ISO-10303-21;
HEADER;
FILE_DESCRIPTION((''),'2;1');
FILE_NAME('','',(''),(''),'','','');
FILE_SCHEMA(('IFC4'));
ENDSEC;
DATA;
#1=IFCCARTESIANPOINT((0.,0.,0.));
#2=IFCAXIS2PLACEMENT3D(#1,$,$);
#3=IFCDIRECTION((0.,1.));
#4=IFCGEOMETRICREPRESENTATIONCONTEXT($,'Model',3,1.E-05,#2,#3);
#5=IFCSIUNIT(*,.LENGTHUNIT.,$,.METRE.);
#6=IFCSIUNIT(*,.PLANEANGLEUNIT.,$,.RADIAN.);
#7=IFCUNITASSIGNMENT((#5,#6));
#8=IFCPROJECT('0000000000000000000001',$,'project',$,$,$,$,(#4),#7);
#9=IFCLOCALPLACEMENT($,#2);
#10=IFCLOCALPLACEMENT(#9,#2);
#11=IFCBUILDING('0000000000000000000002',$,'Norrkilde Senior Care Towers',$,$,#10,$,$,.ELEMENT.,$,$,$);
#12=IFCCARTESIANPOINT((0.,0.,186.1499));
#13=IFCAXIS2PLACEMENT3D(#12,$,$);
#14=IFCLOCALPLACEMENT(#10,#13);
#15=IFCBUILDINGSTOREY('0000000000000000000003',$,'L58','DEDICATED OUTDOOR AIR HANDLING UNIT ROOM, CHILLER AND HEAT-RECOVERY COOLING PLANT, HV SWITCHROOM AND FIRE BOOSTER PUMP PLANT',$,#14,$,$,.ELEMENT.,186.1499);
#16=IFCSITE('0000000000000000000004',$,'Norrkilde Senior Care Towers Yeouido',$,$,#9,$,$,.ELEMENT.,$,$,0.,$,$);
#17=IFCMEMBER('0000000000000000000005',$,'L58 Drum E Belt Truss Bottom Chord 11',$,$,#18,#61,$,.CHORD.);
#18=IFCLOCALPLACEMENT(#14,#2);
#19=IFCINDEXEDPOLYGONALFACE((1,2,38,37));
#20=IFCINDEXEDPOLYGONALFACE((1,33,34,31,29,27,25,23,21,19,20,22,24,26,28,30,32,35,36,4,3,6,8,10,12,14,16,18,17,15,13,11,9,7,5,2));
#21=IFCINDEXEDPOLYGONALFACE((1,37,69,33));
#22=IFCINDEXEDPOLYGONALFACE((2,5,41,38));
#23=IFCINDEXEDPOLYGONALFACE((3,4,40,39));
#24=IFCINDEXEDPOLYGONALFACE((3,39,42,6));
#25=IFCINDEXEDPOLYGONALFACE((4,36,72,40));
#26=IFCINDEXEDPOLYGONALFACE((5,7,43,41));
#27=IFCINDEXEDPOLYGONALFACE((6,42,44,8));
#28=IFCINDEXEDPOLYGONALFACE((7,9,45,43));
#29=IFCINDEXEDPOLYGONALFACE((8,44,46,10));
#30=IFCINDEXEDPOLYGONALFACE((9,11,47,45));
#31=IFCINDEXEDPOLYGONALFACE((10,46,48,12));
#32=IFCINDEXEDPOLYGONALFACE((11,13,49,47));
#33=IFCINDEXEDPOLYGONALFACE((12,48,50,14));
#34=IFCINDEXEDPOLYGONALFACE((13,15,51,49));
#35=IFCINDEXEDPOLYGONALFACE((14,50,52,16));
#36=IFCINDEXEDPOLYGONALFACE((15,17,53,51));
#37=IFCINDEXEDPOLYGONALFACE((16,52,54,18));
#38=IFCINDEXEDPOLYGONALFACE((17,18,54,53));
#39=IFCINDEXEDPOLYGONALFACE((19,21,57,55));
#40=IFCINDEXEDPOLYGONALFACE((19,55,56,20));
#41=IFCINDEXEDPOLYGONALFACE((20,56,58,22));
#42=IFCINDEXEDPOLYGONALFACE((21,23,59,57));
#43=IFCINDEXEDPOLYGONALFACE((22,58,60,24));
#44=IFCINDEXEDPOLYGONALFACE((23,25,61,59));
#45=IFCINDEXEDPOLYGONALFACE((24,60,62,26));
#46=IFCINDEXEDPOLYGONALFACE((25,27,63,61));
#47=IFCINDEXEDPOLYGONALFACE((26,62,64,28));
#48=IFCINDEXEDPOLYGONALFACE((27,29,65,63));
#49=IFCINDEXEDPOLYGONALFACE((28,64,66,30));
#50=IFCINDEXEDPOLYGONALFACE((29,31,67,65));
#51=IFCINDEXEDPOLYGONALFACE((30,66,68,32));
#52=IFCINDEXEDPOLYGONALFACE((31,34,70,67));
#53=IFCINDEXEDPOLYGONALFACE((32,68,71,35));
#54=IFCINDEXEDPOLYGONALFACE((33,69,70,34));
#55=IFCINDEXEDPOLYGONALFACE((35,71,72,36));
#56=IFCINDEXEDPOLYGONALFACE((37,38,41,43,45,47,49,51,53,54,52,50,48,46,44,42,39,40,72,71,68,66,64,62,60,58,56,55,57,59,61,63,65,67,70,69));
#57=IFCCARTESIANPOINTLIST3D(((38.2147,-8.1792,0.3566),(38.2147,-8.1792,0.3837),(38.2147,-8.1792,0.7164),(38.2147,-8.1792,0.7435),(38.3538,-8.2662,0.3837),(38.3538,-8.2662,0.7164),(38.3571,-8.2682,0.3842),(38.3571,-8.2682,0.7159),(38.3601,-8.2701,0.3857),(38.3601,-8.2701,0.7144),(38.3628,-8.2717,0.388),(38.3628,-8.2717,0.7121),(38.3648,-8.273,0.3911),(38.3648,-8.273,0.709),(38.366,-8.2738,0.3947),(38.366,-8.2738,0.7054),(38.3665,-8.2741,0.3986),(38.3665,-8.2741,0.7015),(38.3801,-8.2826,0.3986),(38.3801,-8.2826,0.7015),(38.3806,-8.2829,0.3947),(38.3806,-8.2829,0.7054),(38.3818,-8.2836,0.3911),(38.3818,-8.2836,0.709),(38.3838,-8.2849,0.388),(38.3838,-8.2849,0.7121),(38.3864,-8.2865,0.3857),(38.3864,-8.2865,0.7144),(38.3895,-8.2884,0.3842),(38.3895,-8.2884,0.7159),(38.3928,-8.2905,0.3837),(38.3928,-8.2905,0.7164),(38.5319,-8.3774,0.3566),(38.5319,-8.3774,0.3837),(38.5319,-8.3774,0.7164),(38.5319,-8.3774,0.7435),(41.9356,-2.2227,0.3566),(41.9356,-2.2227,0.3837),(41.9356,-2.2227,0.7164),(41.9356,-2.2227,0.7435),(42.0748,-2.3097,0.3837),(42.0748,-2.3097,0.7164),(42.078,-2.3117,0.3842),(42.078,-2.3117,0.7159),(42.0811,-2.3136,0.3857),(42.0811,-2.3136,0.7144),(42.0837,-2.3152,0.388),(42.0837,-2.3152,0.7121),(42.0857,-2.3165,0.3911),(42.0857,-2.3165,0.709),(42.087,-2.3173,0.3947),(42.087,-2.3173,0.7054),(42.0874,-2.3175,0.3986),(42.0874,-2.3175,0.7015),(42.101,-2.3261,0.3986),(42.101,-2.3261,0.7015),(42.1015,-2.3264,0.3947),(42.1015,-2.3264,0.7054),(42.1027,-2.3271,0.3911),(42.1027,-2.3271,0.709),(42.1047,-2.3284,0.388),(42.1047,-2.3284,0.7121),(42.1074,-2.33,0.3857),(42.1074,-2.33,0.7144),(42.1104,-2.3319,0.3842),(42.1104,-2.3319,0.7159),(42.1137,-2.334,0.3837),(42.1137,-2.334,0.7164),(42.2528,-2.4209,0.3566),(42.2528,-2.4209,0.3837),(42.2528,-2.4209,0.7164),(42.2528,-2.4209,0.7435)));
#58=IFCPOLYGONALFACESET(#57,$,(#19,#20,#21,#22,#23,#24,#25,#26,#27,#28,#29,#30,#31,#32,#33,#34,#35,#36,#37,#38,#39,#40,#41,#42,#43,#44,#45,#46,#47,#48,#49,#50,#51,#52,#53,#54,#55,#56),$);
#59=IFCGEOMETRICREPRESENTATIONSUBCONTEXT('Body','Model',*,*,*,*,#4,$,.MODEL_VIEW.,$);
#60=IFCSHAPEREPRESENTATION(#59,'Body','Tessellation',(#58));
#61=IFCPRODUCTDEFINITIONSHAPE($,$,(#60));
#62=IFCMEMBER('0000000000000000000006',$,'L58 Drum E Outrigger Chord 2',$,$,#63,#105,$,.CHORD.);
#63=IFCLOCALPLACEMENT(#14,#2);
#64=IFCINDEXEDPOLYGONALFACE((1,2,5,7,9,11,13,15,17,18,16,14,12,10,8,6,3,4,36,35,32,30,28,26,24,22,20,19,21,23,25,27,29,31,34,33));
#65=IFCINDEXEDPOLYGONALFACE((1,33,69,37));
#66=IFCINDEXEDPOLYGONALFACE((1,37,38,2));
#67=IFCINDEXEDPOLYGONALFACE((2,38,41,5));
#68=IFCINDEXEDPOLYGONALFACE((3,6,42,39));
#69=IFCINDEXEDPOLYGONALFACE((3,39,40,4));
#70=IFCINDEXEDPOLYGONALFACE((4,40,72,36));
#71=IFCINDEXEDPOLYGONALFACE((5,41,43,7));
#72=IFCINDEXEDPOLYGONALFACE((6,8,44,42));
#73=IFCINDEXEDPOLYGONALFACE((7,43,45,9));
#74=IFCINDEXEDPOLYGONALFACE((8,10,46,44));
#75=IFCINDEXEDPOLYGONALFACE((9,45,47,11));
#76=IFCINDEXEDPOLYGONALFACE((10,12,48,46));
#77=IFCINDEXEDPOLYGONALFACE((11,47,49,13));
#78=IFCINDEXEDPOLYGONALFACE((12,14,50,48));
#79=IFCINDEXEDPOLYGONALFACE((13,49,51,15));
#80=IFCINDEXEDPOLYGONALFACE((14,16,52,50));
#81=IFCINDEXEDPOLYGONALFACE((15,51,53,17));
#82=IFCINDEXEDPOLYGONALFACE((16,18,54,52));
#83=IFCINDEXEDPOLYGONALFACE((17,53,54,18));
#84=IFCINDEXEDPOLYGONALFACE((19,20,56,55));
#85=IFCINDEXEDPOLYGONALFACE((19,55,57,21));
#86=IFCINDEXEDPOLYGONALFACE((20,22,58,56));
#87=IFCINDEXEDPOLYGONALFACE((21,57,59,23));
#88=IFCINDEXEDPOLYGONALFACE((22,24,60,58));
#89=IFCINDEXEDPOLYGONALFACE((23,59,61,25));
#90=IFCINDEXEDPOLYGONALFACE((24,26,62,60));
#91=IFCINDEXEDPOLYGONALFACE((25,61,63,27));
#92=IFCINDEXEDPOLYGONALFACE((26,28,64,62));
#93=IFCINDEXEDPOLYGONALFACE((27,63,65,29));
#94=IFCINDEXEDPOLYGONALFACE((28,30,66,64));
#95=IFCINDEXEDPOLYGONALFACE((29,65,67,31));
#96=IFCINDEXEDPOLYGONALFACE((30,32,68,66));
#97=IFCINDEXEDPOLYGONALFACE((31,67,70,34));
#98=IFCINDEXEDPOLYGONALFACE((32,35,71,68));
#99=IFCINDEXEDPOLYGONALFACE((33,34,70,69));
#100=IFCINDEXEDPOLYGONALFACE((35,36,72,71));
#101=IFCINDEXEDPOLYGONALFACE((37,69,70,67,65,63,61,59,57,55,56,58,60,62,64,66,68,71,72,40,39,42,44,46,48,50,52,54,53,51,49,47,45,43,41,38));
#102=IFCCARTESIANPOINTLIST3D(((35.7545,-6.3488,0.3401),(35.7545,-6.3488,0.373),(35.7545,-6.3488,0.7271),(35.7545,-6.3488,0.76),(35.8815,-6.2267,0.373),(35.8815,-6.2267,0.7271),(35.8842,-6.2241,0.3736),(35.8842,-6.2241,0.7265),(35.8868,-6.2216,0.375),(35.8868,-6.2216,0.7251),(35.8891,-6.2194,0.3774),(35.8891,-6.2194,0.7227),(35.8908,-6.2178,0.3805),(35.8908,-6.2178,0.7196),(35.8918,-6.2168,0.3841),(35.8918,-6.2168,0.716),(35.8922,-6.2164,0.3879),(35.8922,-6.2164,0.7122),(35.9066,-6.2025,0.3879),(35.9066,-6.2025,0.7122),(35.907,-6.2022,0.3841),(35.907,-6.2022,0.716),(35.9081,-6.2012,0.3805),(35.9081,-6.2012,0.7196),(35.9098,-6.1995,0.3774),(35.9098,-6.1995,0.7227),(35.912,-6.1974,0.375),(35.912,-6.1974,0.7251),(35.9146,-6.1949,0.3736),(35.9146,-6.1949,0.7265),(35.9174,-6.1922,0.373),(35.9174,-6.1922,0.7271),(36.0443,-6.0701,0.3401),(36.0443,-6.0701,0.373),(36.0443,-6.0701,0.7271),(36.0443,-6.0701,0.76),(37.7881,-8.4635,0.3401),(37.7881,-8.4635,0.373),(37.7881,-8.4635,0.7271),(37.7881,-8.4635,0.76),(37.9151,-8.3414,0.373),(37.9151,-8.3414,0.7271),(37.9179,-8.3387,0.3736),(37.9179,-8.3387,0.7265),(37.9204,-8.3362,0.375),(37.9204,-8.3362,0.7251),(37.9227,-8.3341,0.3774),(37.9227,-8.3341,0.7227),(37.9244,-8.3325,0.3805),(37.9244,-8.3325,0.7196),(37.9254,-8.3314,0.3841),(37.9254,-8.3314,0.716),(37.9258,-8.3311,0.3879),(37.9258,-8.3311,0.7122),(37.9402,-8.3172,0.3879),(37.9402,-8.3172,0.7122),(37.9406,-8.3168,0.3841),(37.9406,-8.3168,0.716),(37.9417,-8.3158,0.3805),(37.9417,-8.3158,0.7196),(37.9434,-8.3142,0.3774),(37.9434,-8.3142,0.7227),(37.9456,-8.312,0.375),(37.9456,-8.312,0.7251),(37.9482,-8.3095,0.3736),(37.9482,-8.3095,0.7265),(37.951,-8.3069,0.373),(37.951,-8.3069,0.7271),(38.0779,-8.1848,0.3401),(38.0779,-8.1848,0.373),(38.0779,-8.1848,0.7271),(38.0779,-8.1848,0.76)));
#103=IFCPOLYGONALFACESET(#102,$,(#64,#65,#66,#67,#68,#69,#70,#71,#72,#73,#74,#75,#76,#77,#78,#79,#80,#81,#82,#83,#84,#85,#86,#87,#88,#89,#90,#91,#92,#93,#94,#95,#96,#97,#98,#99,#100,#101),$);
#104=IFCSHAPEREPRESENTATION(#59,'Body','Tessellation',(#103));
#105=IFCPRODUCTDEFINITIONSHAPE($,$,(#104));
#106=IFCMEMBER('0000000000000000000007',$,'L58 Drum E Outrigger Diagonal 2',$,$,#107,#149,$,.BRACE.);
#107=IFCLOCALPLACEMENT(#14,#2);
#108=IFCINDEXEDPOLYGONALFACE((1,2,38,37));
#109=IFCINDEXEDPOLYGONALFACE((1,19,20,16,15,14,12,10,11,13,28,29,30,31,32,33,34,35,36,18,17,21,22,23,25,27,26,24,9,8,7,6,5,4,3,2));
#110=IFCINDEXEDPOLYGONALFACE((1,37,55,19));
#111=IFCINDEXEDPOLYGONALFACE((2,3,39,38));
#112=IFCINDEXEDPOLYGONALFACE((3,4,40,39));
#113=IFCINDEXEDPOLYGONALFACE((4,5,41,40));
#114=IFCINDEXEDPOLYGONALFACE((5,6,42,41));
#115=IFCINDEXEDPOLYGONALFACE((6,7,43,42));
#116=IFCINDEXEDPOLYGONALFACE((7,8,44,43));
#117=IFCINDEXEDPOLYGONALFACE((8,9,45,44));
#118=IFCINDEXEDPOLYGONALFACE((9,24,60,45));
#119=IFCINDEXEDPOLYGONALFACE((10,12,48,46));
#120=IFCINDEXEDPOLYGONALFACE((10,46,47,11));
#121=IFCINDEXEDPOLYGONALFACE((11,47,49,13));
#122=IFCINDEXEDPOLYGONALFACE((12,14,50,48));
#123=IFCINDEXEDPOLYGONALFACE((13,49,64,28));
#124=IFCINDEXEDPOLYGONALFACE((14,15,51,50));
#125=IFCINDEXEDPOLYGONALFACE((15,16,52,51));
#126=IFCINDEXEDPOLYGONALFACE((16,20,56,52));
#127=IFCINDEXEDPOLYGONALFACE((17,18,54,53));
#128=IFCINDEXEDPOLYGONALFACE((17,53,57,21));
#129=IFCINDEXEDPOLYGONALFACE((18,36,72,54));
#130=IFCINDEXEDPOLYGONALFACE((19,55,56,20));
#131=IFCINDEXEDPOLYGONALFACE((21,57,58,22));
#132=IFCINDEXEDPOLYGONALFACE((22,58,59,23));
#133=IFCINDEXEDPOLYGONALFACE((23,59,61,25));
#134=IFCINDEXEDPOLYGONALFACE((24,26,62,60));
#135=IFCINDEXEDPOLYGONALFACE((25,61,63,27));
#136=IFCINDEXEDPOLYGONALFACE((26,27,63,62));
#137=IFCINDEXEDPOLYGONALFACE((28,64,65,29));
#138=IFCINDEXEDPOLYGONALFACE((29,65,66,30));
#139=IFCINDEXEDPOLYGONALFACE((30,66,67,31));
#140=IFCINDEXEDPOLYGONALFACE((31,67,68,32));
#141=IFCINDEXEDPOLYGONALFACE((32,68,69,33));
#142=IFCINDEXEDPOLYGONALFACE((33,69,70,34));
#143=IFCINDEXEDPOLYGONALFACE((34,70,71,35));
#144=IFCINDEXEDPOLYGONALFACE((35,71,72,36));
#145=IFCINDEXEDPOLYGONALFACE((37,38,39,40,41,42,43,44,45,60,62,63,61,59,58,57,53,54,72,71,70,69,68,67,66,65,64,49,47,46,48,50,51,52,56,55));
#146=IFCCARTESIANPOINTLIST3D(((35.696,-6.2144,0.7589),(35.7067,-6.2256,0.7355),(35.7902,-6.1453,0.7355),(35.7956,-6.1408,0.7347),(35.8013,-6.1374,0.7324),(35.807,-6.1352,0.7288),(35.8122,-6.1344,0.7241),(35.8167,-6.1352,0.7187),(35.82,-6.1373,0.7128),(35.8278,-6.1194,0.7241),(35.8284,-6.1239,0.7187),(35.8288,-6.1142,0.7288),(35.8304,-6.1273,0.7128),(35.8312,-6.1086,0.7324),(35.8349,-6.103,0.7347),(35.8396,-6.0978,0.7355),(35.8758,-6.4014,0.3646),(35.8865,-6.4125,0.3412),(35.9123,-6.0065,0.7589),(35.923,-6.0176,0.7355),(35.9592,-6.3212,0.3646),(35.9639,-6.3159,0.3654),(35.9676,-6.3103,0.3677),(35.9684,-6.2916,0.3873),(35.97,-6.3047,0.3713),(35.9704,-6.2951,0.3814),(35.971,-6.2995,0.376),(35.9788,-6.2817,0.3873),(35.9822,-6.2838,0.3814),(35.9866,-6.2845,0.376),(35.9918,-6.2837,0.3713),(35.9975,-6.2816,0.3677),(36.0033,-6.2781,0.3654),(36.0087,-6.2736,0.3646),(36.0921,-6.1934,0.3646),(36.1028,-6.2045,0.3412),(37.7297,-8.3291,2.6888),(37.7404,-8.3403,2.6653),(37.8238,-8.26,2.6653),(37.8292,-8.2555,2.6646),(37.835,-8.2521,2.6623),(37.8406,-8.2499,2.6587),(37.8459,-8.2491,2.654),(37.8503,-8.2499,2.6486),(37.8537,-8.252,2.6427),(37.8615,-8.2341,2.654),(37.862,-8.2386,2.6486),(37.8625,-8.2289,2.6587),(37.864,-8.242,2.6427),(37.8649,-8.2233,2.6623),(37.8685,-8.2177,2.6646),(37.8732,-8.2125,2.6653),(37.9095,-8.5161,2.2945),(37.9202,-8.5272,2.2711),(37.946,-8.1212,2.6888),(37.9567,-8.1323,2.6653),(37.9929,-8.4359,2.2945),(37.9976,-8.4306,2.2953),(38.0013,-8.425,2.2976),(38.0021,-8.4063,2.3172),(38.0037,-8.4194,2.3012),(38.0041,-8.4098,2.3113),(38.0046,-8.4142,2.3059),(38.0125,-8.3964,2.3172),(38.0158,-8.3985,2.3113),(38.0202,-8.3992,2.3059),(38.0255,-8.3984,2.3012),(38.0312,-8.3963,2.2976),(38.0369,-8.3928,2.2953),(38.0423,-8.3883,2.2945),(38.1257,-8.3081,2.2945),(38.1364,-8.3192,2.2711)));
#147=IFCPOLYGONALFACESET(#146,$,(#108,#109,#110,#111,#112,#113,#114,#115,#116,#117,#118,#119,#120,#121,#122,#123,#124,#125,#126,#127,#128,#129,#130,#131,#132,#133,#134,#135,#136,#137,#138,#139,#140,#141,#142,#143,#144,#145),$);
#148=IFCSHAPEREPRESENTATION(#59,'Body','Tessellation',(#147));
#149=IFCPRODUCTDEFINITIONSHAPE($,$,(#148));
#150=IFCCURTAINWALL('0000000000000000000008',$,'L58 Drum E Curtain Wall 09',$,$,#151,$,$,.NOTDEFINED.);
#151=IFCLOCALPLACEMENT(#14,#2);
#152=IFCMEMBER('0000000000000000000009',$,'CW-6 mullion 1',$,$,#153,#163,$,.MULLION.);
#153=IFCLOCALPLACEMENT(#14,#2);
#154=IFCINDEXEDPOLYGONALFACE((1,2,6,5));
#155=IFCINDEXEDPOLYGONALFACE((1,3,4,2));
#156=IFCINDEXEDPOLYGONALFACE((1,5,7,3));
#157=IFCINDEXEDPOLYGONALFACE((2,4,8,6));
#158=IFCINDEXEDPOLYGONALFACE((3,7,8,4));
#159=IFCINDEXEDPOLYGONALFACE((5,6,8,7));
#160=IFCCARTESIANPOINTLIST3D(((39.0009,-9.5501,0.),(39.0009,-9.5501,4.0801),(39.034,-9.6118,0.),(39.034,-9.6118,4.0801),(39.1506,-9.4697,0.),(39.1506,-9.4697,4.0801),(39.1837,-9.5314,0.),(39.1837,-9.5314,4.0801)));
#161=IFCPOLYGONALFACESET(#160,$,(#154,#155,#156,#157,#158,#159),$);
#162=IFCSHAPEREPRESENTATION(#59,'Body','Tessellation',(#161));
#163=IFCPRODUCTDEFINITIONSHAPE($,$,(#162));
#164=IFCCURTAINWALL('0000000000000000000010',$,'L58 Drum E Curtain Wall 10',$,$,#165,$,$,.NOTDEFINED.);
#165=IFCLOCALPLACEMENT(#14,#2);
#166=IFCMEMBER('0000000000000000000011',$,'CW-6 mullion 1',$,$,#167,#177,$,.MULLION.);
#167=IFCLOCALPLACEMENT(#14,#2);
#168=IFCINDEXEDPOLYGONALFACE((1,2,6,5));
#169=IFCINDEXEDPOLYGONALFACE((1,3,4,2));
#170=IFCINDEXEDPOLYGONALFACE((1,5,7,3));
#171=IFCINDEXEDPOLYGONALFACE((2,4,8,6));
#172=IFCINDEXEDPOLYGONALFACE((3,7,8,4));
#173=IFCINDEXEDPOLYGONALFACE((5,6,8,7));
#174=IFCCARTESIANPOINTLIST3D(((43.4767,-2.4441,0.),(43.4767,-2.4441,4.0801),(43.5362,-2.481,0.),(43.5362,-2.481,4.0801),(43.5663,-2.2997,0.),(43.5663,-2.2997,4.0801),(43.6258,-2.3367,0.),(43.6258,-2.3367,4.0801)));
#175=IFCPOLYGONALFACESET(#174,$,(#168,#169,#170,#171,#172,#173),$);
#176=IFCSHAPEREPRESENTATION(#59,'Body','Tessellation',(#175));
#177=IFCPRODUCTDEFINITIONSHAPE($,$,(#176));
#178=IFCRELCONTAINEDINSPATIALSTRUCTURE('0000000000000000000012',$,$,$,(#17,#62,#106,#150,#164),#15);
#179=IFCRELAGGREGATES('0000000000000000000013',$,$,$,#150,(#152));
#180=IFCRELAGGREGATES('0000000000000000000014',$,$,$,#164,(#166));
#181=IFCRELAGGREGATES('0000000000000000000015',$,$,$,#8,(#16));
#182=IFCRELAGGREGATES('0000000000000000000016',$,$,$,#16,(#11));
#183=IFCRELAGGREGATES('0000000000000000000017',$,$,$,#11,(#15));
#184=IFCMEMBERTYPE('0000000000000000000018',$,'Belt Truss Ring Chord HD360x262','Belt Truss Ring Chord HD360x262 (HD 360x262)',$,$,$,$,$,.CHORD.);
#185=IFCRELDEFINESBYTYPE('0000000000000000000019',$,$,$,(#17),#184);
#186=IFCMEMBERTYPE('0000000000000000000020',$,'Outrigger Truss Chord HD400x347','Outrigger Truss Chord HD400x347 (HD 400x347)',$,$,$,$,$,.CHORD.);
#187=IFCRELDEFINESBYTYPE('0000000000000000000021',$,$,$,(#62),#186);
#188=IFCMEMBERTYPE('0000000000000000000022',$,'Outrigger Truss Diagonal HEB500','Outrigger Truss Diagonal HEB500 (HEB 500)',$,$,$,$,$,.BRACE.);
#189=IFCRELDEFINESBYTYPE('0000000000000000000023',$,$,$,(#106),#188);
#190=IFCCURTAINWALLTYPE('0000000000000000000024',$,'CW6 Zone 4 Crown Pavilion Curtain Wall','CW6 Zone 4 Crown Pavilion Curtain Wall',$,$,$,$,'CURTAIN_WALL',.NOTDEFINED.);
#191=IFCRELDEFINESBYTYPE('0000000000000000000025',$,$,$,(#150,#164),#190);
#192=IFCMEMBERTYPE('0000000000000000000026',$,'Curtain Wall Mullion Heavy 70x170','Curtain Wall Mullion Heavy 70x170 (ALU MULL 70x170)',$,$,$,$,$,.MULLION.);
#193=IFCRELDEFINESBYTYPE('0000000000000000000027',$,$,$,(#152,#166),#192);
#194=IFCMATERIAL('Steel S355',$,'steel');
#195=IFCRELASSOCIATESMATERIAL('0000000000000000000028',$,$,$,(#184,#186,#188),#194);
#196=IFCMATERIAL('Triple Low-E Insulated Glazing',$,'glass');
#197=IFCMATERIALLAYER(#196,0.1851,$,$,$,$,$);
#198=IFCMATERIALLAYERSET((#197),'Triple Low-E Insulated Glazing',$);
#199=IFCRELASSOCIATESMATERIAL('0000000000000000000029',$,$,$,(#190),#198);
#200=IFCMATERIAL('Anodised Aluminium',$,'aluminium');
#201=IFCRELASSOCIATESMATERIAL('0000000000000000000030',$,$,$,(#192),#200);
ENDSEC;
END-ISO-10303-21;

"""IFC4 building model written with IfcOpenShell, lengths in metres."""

from ifc_helpers import new_model, si_unit, direction, frame, origin, origin_2d, place, context, subcontext, project, spatial, rectangle, i_section, extrude, source, transform, mapped, material, layer, layer_set, material_profile, profile_set, type_object, type_shapes, element, aggregate, save


model = new_model("IFC4")

# Units and contexts
model_context = context("Model", 3, precision=1e-05, world=origin(), true_north=direction((0.0, 1.0)))
body_context = subcontext(model_context, "Body", "Model", "MODEL_VIEW")
ifc_project = project(units=[si_unit("LENGTHUNIT", "METRE"), si_unit("PLANEANGLEUNIT", "RADIAN")], contexts=[model_context])

# Site, building, storey
site_placement = place(None, origin())
site = spatial("IfcSite", under=ifc_project, at=site_placement, Name="Norrkilde Senior Care Towers Yeouido", CompositionType="ELEMENT", RefElevation=0.0)
building_placement = place(site_placement, origin())
building = spatial("IfcBuilding", under=site, at=building_placement, Name="Norrkilde Senior Care Towers", CompositionType="ELEMENT")
storey_placement = place(building_placement, frame((0.0, 0.0, 186.1499)))
storey = spatial("IfcBuildingStorey", under=building, at=storey_placement, Name="L58", Description="DEDICATED OUTDOOR AIR HANDLING UNIT ROOM, CHILLER AND HEAT-RECOVERY COOLING PLANT, HV SWITCHROOM AND FIRE BOOSTER PUMP PLANT", CompositionType="ELEMENT", Elevation=186.1499)

# Shared definitions
ifc_material_1 = material(Name="Steel S355", Category="steel")

# Members
ifc_material_profile_1 = material_profile(ifc_material_1, i_section(OverallWidth=0.374, OverallDepth=0.387, WebThickness=0.0161, FlangeThickness=0.0271, FilletRadius=0.0149, at=origin_2d()), Name="HD 360x262")
ifc_profile_set_1 = profile_set([ifc_material_profile_1], Name="Steel S355")
member_type_1 = type_object("IfcMemberType", Name="Belt Truss Ring Chord HD360x262", Description="Belt Truss Ring Chord HD360x262 (HD 360x262)", PredefinedType="CHORD", material=ifc_profile_set_1)
shared_shape_1 = source(origin(), body_context, "Body", "SweptSolid", [
    extrude(i_section(OverallWidth=0.374, OverallDepth=0.387, WebThickness=0.0161, FlangeThickness=0.0271, FilletRadius=0.0149, at=origin_2d()), origin(), (0.0, 0.0, 1.0), 7.0232),
])
member_1_placement = place(storey_placement, frame((38.3733, -8.2783, 0.55), z_axis=(0.529805, 0.848119, 0.0), x_axis=(-0.848119, 0.529805, 0.0)))
element("IfcMember", 1, at=member_1_placement, inside=storey, type_object=member_type_1, Name="L58 Drum E Belt Truss Bottom Chord 11", PredefinedType="CHORD", context=body_context, shape_type="MappedRepresentation", body=[
    mapped(shared_shape_1, transform((0.0, 0.0, 0.0), x_axis=(1.0, 0.0, 0.0), y_axis=(0.0, 1.0, 0.0), z_axis=(0.0, 0.0, 1.0), scale=1.0)),
])
ifc_material_profile_2 = material_profile(ifc_material_1, i_section(OverallWidth=0.4021, OverallDepth=0.4199, WebThickness=0.02, FlangeThickness=0.033, FilletRadius=0.0149, at=origin_2d()), Name="HD 400x347")
ifc_profile_set_2 = profile_set([ifc_material_profile_2], Name="Steel S355")
member_type_2 = type_object("IfcMemberType", Name="Outrigger Truss Chord HD400x347", Description="Outrigger Truss Chord HD400x347 (HD 400x347)", PredefinedType="CHORD", material=ifc_profile_set_2)
shared_shape_2 = source(origin(), body_context, "Body", "SweptSolid", [
    extrude(i_section(OverallWidth=0.4021, OverallDepth=0.4199, WebThickness=0.02, FlangeThickness=0.033, FilletRadius=0.0149, at=origin_2d()), origin(), (0.0, 0.0, 1.0), 2.9338),
])
type_shapes(member_type_2, [shared_shape_2])
member_2_placement = place(storey_placement, frame((35.8994, -6.2095, 0.55), z_axis=(0.693159, -0.720785, 0.0), x_axis=(0.720785, 0.693159, 0.0)))
element("IfcMember", 2, at=member_2_placement, inside=storey, type_object=member_type_2, Name="L58 Drum E Outrigger Chord 2", PredefinedType="CHORD", context=body_context, shape_type="MappedRepresentation", body=[
    mapped(shared_shape_2, transform((0.0, 0.0, 0.0), x_axis=(1.0, 0.0, 0.0), y_axis=(0.0, 1.0, 0.0), z_axis=(0.0, 0.0, 1.0), scale=1.0)),
])
ifc_material_profile_3 = material_profile(ifc_material_1, i_section(OverallWidth=0.3, OverallDepth=0.5, WebThickness=0.0144, FlangeThickness=0.0281, FilletRadius=0.0271, at=origin_2d()), Name="HEB 500")
ifc_profile_set_3 = profile_set([ifc_material_profile_3], Name="Steel S355")
member_type_3 = type_object("IfcMemberType", Name="Outrigger Truss Diagonal HEB500", Description="Outrigger Truss Diagonal HEB500 (HEB 500)", PredefinedType="BRACE", material=ifc_profile_set_3)
shared_shape_3 = source(origin(), body_context, "Body", "SweptSolid", [
    extrude(i_section(OverallWidth=0.3, OverallDepth=0.5, WebThickness=0.0144, FlangeThickness=0.0281, FilletRadius=0.0271, at=origin_2d()), origin(), (0.0, 0.0, 1.0), 3.5117),
])
type_shapes(member_type_3, [shared_shape_3])
member_3_placement = place(storey_placement, frame((35.8994, -6.2095, 0.55), z_axis=(0.579103, -0.602184, 0.549557), x_axis=(0.720785, 0.693159, 0.0)))
element("IfcMember", 3, at=member_3_placement, inside=storey, type_object=member_type_3, Name="L58 Drum E Outrigger Diagonal 2", PredefinedType="BRACE", context=body_context, shape_type="MappedRepresentation", body=[
    mapped(shared_shape_3, transform((0.0, 0.0, 0.0), x_axis=(1.0, 0.0, 0.0), y_axis=(0.0, 1.0, 0.0), z_axis=(0.0, 0.0, 1.0), scale=1.0)),
])

# Curtain wall, member
ifc_material_2 = material(Name="Triple Low-E Insulated Glazing", Category="glass")
ifc_layer_1 = layer(ifc_material_2, 0.1851)
ifc_layer_set_1 = layer_set([ifc_layer_1], Name="Triple Low-E Insulated Glazing")
curtain_wall_type = type_object("IfcCurtainWallType", Name="CW6 Zone 4 Crown Pavilion Curtain Wall", Description="CW6 Zone 4 Crown Pavilion Curtain Wall", ElementType="CURTAIN_WALL", PredefinedType="NOTDEFINED", material=ifc_layer_set_1)
curtain_wall_1_placement = place(storey_placement, origin())
curtain_wall_1 = element("IfcCurtainWall", 4, at=curtain_wall_1_placement, inside=storey, type_object=curtain_wall_type, Name="L58 Drum E Curtain Wall 09", PredefinedType="NOTDEFINED")
ifc_material_3 = material(Name="Anodised Aluminium", Category="aluminium")
ifc_material_profile_4 = material_profile(ifc_material_3, rectangle(XDim=0.0701, YDim=0.1699, at=origin_2d()), Name="ALU MULL 70x170")
ifc_profile_set_4 = profile_set([ifc_material_profile_4], Name="Anodised Aluminium")
member_type_4 = type_object("IfcMemberType", Name="Curtain Wall Mullion Heavy 70x170", Description="Curtain Wall Mullion Heavy 70x170 (ALU MULL 70x170)", PredefinedType="MULLION", material=ifc_profile_set_4)
shared_shape_4 = source(origin(), body_context, "Body", "SweptSolid", [
    extrude(rectangle(XDim=0.0701, YDim=0.1699, at=origin_2d()), origin(), (0.0, 0.0, 1.0), 4.0801),
])
type_shapes(member_type_4, [shared_shape_4])
member_4_placement = place(storey_placement, frame((39.0923, -9.5408, 0.0), z_axis=(0.0, 0.0, 1.0), x_axis=(0.473117, -0.881, 0.0)))
member_4 = element("IfcMember", 5, at=member_4_placement, type_object=member_type_4, Name="CW-6 mullion 1", PredefinedType="MULLION", context=body_context, shape_type="MappedRepresentation", body=[
    mapped(shared_shape_4, transform((0.0, 0.0, 0.0), x_axis=(1.0, 0.0, 0.0), y_axis=(0.0, 1.0, 0.0), z_axis=(0.0, 0.0, 1.0), scale=1.0)),
])

# Curtain wall, member
curtain_wall_2_placement = place(storey_placement, origin())
curtain_wall_2 = element("IfcCurtainWall", 6, at=curtain_wall_2_placement, inside=storey, type_object=curtain_wall_type, Name="L58 Drum E Curtain Wall 10", PredefinedType="NOTDEFINED")
member_5_placement = place(storey_placement, frame((43.5513, -2.3904, 0.0), z_axis=(0.0, 0.0, 1.0), x_axis=(0.849634, -0.527373, 0.0)))
member_5 = element("IfcMember", 7, at=member_5_placement, type_object=member_type_4, Name="CW-6 mullion 1", PredefinedType="MULLION", context=body_context, shape_type="MappedRepresentation", body=[
    mapped(shared_shape_4, transform((0.0, 0.0, 0.0), x_axis=(1.0, 0.0, 0.0), y_axis=(0.0, 1.0, 0.0), z_axis=(0.0, 0.0, 1.0), scale=1.0)),
])

aggregate(curtain_wall_1, [member_4])

aggregate(curtain_wall_2, [member_5])

save(model, "model.ifc")
